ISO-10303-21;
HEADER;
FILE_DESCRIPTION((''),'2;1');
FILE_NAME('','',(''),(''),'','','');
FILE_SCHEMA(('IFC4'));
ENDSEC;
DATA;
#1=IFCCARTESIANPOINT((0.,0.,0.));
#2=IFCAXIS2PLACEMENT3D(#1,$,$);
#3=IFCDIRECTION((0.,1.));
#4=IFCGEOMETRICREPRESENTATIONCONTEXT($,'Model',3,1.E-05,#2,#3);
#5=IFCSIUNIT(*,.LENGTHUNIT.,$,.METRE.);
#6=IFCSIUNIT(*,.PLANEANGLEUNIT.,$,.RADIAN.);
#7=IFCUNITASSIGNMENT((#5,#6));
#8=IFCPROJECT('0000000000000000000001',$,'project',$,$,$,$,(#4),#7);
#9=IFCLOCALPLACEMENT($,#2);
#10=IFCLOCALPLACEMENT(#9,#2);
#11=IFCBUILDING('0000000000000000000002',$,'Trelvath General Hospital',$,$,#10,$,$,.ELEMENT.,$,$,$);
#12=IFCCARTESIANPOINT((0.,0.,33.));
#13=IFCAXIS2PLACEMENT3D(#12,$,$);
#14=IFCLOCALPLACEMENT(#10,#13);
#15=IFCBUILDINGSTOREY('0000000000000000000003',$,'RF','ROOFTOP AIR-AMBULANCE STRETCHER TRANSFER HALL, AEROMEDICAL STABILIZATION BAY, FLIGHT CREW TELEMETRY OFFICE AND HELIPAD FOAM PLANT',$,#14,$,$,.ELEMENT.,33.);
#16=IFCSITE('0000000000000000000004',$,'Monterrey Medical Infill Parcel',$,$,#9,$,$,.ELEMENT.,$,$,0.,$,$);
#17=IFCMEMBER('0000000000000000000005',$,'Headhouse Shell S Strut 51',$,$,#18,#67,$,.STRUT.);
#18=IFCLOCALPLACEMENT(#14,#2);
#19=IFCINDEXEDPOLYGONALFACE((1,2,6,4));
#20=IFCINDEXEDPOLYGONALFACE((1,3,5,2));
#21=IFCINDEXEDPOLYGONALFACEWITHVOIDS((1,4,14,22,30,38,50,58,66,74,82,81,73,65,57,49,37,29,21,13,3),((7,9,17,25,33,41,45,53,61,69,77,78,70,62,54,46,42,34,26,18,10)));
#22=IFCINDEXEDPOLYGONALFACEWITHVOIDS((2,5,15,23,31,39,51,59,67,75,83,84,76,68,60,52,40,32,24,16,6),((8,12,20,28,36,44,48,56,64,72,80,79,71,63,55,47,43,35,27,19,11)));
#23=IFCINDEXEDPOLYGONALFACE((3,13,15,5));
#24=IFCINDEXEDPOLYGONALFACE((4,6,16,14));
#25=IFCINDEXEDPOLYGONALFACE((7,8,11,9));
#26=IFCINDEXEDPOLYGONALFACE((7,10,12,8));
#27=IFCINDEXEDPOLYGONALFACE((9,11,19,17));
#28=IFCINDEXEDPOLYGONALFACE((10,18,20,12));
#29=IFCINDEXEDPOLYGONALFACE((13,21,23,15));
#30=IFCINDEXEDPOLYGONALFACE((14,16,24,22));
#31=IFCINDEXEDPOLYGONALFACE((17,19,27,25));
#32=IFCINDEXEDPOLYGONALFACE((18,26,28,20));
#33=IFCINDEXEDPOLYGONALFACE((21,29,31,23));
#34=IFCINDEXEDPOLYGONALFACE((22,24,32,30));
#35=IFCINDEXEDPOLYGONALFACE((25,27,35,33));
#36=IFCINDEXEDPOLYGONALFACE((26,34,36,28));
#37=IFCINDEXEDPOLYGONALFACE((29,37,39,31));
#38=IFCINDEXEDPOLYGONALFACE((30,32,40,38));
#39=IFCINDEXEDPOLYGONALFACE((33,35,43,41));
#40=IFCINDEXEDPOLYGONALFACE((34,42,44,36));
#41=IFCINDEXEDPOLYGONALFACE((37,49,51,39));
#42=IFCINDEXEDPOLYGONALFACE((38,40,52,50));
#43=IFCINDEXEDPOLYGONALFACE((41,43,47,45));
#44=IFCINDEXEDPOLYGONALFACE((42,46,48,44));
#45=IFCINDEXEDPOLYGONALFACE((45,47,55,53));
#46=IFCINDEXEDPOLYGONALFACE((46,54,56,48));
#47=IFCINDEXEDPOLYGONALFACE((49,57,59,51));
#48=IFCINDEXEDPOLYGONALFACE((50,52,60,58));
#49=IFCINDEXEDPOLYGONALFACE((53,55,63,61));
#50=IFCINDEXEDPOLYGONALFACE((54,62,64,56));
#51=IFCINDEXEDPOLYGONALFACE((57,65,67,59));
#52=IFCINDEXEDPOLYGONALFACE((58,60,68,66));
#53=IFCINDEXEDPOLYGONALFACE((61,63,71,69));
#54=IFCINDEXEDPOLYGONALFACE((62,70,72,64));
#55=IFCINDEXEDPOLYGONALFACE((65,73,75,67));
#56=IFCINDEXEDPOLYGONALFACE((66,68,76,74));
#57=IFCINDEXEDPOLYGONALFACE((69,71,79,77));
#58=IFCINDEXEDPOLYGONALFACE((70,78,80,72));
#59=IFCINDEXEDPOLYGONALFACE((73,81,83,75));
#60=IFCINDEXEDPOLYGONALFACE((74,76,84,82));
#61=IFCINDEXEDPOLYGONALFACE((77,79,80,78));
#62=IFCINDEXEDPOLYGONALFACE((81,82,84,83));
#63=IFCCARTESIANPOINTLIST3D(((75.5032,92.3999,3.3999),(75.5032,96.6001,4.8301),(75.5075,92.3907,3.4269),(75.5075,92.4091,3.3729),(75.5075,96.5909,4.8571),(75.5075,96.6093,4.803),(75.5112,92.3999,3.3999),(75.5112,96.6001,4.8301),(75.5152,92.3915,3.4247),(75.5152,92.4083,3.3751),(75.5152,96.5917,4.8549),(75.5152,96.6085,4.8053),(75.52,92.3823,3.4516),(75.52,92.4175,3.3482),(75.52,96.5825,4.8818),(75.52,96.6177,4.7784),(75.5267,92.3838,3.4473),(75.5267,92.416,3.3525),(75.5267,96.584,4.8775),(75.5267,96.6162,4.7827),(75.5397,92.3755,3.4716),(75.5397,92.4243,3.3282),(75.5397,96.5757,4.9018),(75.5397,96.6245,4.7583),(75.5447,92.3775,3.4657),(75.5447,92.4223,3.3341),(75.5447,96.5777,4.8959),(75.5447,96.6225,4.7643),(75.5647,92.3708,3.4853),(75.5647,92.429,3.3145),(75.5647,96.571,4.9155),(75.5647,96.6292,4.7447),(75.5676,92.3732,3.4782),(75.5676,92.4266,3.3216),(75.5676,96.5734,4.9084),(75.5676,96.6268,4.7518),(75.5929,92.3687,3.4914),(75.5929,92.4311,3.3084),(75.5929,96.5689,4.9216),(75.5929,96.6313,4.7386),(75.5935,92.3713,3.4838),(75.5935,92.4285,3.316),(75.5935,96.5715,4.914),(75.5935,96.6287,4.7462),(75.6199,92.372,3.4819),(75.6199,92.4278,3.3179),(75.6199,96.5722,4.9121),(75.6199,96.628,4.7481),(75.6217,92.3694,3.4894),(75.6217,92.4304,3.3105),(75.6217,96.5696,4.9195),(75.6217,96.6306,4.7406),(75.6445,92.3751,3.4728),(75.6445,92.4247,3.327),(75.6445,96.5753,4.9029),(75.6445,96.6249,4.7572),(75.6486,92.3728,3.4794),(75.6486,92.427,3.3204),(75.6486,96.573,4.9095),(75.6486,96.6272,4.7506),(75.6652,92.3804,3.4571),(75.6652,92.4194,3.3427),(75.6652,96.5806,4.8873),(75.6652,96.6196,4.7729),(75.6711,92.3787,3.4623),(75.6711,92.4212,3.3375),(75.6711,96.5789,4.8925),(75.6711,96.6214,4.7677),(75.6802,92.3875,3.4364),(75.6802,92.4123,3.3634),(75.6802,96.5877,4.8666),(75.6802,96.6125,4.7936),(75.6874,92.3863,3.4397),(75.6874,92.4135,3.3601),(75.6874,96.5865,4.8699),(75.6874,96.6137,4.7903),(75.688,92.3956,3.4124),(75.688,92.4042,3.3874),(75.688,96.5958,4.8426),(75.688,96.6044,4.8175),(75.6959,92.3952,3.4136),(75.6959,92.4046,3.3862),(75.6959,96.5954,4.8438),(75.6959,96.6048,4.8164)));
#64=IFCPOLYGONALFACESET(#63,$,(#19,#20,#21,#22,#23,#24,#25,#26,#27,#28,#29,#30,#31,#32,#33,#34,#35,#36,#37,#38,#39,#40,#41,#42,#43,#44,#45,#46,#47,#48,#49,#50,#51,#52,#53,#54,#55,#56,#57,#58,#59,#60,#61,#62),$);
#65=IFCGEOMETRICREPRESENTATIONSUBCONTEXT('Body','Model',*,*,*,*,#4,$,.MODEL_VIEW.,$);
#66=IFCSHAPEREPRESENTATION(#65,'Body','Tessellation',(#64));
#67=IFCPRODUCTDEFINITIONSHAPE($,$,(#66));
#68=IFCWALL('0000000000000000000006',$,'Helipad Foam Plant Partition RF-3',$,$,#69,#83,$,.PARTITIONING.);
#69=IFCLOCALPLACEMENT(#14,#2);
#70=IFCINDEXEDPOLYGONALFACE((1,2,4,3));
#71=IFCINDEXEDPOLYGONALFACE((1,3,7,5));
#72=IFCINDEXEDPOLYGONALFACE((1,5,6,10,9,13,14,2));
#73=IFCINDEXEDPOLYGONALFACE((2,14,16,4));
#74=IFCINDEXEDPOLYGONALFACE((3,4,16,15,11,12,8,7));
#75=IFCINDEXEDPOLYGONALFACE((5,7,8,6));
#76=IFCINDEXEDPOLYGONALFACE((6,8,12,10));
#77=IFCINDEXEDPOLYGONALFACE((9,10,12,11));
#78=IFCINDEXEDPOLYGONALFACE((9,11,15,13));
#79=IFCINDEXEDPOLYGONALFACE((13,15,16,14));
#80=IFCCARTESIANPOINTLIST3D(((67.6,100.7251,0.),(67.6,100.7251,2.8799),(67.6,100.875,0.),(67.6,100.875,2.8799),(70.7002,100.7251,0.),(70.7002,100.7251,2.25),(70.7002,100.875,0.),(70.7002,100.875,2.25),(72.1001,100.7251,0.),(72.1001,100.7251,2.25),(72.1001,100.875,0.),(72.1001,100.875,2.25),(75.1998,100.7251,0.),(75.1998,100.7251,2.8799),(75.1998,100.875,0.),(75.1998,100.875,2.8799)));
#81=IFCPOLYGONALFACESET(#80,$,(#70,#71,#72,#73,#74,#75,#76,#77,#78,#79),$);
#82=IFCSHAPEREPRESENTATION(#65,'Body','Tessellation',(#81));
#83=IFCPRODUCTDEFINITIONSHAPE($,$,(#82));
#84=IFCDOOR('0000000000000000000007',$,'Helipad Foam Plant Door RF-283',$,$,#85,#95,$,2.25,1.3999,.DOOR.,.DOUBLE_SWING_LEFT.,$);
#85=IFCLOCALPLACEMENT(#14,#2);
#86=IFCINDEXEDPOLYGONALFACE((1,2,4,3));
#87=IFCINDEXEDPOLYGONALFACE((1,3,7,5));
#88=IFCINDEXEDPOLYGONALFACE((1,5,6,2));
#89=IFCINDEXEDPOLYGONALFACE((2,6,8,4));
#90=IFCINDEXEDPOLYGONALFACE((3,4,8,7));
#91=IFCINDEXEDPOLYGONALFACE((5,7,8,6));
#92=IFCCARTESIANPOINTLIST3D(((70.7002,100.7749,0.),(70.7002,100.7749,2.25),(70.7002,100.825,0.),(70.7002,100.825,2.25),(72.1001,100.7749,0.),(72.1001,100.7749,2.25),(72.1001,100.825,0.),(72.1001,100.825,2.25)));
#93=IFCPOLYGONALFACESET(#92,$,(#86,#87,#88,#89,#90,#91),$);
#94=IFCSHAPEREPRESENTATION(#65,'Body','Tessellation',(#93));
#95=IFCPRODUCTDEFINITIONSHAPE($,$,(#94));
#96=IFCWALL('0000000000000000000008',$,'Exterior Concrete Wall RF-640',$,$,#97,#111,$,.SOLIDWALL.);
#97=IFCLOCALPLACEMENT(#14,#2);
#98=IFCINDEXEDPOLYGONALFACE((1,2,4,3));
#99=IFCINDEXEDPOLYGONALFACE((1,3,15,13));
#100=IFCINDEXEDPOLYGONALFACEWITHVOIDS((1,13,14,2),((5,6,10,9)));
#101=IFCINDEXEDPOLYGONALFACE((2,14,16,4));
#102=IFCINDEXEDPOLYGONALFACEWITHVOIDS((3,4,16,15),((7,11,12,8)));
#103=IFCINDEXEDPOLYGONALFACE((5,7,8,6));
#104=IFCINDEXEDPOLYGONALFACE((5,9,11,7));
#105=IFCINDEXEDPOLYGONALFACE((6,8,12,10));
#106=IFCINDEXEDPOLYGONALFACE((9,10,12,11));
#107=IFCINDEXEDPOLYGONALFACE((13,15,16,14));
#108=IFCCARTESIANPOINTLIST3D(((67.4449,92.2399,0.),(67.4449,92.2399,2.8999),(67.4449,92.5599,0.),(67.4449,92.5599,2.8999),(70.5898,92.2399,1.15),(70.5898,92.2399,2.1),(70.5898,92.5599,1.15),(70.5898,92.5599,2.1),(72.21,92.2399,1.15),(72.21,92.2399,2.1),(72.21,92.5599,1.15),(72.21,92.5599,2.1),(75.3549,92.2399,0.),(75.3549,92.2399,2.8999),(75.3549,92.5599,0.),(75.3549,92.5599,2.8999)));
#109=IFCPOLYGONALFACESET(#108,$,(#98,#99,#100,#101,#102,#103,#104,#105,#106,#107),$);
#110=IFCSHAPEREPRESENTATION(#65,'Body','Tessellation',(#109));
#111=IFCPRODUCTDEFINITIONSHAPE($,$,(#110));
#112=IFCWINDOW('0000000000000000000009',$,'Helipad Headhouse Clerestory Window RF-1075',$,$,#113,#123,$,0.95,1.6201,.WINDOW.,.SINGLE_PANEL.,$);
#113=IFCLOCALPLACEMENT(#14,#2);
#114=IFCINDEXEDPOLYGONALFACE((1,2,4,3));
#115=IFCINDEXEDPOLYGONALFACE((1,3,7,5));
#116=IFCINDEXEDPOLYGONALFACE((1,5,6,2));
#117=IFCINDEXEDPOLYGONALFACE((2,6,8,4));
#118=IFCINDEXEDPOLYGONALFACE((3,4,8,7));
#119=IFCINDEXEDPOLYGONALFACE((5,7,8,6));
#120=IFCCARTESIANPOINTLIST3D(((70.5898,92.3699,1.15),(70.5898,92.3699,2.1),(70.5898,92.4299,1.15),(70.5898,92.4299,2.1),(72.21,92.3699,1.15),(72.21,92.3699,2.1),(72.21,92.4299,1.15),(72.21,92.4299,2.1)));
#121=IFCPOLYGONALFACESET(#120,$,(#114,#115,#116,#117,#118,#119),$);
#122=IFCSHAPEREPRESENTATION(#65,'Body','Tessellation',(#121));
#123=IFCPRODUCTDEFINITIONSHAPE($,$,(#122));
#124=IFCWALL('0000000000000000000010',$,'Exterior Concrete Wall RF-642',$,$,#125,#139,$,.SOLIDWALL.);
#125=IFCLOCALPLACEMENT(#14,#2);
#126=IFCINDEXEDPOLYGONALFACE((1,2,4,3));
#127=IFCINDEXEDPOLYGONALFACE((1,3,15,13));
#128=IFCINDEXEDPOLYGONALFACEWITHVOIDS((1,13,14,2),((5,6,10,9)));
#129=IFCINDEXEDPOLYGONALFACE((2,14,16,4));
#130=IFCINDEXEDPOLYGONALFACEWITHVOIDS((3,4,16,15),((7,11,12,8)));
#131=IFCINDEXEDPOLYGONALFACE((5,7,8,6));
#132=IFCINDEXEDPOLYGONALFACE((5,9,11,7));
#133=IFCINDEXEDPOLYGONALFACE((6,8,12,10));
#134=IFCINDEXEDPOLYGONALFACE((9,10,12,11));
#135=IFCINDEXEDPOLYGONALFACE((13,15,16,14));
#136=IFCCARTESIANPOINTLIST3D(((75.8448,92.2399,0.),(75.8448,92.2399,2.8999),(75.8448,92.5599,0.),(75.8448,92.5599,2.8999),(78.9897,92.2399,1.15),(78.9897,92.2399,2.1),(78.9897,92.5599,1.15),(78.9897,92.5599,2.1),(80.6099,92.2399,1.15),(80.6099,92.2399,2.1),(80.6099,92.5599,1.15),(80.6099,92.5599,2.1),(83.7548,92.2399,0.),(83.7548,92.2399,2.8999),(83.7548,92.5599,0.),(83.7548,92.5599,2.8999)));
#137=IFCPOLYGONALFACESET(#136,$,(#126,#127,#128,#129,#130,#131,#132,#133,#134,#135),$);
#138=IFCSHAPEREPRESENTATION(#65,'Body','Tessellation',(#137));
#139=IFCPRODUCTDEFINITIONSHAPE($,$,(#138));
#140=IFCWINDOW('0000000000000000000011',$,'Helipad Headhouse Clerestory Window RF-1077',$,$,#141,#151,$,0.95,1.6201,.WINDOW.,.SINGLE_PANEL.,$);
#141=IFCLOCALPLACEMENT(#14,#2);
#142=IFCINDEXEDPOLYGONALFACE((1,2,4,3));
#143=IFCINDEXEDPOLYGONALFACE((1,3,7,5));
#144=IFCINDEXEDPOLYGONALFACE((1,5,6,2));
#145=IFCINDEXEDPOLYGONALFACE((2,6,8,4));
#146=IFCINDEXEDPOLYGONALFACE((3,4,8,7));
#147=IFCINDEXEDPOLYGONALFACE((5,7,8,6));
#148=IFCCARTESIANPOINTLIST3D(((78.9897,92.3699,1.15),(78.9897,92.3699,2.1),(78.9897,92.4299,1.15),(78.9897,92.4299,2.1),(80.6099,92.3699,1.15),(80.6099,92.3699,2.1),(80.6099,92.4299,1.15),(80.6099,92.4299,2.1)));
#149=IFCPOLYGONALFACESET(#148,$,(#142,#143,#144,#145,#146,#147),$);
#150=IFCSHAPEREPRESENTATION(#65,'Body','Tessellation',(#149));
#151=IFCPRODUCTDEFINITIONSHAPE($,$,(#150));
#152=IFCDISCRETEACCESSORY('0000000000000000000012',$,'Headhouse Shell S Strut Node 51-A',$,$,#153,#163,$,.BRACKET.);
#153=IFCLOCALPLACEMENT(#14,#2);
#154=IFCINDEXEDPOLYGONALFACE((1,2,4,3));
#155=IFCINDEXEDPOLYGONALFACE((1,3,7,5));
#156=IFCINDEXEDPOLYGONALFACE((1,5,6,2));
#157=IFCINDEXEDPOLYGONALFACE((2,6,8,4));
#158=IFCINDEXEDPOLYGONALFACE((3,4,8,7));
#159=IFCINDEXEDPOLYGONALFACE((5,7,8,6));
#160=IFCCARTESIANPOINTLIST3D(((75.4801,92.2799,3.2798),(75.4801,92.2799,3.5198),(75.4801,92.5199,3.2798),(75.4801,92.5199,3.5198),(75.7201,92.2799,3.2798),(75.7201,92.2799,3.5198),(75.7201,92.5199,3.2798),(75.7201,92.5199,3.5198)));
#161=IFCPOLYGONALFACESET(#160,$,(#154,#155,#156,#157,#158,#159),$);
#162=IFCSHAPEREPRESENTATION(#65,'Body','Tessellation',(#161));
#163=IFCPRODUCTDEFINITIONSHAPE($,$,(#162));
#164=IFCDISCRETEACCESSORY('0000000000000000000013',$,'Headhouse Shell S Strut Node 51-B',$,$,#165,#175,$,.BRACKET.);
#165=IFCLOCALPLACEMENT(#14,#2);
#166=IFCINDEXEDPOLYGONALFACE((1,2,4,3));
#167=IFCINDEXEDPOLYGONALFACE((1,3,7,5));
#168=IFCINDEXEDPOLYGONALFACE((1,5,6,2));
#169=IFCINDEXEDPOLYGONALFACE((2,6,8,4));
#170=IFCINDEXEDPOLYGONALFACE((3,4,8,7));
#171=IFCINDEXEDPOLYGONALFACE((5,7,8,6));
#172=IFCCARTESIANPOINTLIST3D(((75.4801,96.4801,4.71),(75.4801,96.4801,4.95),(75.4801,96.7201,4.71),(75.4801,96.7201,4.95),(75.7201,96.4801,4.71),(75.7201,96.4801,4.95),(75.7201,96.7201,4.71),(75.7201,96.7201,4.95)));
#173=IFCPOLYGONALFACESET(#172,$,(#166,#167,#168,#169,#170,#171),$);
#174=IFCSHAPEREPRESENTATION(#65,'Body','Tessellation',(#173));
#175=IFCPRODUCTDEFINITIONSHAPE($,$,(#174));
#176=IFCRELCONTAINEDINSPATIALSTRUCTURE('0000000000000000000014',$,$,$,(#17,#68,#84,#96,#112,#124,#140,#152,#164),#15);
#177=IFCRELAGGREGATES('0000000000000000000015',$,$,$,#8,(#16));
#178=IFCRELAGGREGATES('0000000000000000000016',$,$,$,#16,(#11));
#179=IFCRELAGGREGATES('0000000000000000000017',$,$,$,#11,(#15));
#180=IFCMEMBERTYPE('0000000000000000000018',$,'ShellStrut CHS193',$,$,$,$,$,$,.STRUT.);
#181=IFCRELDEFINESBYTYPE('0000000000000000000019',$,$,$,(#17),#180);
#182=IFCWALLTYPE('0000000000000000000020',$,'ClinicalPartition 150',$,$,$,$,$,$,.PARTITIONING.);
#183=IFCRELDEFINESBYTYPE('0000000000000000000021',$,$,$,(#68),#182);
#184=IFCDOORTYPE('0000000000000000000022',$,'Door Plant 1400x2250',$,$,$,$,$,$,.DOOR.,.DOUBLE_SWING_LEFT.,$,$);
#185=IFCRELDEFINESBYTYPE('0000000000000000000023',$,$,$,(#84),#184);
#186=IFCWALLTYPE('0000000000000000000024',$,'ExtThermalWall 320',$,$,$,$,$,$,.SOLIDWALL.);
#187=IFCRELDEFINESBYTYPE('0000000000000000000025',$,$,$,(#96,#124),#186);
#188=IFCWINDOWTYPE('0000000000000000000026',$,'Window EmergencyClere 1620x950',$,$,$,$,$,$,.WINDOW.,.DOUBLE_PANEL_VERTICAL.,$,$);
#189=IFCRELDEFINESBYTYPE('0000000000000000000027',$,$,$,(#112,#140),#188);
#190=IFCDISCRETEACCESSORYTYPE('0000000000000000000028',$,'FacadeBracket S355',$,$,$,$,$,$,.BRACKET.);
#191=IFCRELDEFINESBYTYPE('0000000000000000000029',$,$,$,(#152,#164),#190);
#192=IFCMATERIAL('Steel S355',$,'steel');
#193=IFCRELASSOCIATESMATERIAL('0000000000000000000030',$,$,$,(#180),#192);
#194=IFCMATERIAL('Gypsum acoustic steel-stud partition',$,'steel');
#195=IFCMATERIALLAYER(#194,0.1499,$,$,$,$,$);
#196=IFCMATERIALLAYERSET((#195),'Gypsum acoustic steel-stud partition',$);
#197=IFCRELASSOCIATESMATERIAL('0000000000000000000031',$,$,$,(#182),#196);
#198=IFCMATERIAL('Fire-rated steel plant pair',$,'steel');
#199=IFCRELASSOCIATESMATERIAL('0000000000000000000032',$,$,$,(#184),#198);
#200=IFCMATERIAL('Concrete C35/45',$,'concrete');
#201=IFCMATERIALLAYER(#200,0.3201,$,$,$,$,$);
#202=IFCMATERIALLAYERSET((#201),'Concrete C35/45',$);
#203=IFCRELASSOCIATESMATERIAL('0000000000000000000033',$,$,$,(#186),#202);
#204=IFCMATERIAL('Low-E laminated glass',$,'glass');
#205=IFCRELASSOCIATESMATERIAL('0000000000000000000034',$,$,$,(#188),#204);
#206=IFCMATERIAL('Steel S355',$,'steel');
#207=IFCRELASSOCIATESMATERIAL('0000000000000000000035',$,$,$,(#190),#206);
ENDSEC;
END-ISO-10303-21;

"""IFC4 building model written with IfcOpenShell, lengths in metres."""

from ifc_helpers import new_model, si_unit, direction, frame, frame_2d, origin, origin_2d, place, context, subcontext, project, spatial, rectangle, hollow_circle, extrude, material, layer, layer_set, material_profile, profile_set, type_object, element, fill, save


model = new_model("IFC4")

# Units and contexts
model_context = context("Model", 3, precision=1e-05, world=origin(), true_north=direction((0.0, 1.0)))
body_context = subcontext(model_context, "Body", "Model", "MODEL_VIEW")
ifc_project = project(units=[si_unit("LENGTHUNIT", "METRE"), si_unit("PLANEANGLEUNIT", "RADIAN")], contexts=[model_context])

# Site, building, storey
site_placement = place(None, origin())
site = spatial("IfcSite", under=ifc_project, at=site_placement, Name="Monterrey Medical Infill Parcel", CompositionType="ELEMENT", RefElevation=0.0)
building_placement = place(site_placement, origin())
building = spatial("IfcBuilding", under=site, at=building_placement, Name="Trelvath General Hospital", CompositionType="ELEMENT")
storey_placement = place(building_placement, frame((0.0, 0.0, 33.0)))
storey = spatial("IfcBuildingStorey", under=building, at=storey_placement, Name="RF", Description="ROOFTOP AIR-AMBULANCE STRETCHER TRANSFER HALL, AEROMEDICAL STABILIZATION BAY, FLIGHT CREW TELEMETRY OFFICE AND HELIPAD FOAM PLANT", CompositionType="ELEMENT", Elevation=33.0)

# Member
ifc_material_1 = material(Name="Steel S355", Category="steel")
ifc_material_profile_1 = material_profile(ifc_material_1, hollow_circle(Radius=0.0969, WallThickness=0.0081, at=origin_2d()), Name="CHS193.7x8.0")
ifc_profile_set_1 = profile_set([ifc_material_profile_1], Name="Steel S355")
member_type = type_object("IfcMemberType", Name="ShellStrut CHS193", PredefinedType="STRUT", material=ifc_profile_set_1)
member_placement = place(storey_placement, frame((75.6001, 92.3999, 3.3999), z_axis=(0.0, 0.946628, 0.322329), x_axis=(-1.0, 0.0, 0.0)))
element("IfcMember", 1, at=member_placement, inside=storey, type_object=member_type, Name="Headhouse Shell S Strut 51", PredefinedType="STRUT", context=body_context, shape_type="SweptSolid", body=[
    extrude(hollow_circle(Radius=0.0969, WallThickness=0.0081, at=origin_2d()), origin(), (0.0, 0.0, 1.0), 4.437),
])

# Wall, opening, door
ifc_material_2 = material(Name="Gypsum acoustic steel-stud partition", Category="steel")
ifc_layer_1 = layer(ifc_material_2, 0.1499)
ifc_layer_set_1 = layer_set([ifc_layer_1], Name="Gypsum acoustic steel-stud partition")
wall_type_1 = type_object("IfcWallType", Name="ClinicalPartition 150", PredefinedType="PARTITIONING", material=ifc_layer_set_1)
wall_1_placement = place(storey_placement, frame((67.6001, 100.8, 0.0), z_axis=(0.0, 0.0, 1.0), x_axis=(1.0, 0.0, 0.0)))
wall_1 = element("IfcWall", 2, at=wall_1_placement, inside=storey, type_object=wall_type_1, Name="Helipad Foam Plant Partition RF-3", PredefinedType="PARTITIONING", context=body_context, shape_type="SweptSolid", body=[
    extrude(rectangle(XDim=7.5999, YDim=0.1499, at=frame_2d((3.7998, 0.0))), origin(), (0.0, 0.0, 1.0), 2.8799),
])
opening_1_placement = place(wall_1_placement, frame((3.1001, 0.0, 0.0)))
opening_1 = element("IfcOpeningElement", 3, at=opening_1_placement, cuts=wall_1, PredefinedType="OPENING", context=body_context, shape_type="SweptSolid", body=[
    extrude(rectangle(XDim=1.3999, YDim=2.25, at=frame_2d((0.7, 1.125))), frame((0.0, 0.085, 0.0), z_axis=(0.0, -1.0, 0.0), x_axis=(1.0, 0.0, 0.0)), (0.0, 0.0, 1.0), 0.1699),
])
ifc_material_3 = material(Name="Fire-rated steel plant pair", Category="steel")
door_type = type_object("IfcDoorType", Name="Door Plant 1400x2250", OperationType="DOUBLE_SWING_LEFT", PredefinedType="DOOR", material=ifc_material_3)
door_placement = place(opening_1_placement, origin())
door = element("IfcDoor", 4, at=door_placement, inside=storey, type_object=door_type, Name="Helipad Foam Plant Door RF-283", OperationType="DOUBLE_SWING_LEFT", OverallHeight=2.25, OverallWidth=1.3999, PredefinedType="DOOR", context=body_context, shape_type="SweptSolid", body=[
    extrude(rectangle(XDim=1.3999, YDim=2.25, at=frame_2d((0.7, 1.125))), frame((0.0, 0.0249, 0.0), z_axis=(0.0, -1.0, 0.0), x_axis=(1.0, 0.0, 0.0)), (0.0, 0.0, 1.0), 0.05),
])
fill(opening_1, door)

# Walls, openings, windows
ifc_material_4 = material(Name="Concrete C35/45", Category="concrete")
ifc_layer_2 = layer(ifc_material_4, 0.3201)
ifc_layer_set_2 = layer_set([ifc_layer_2], Name="Concrete C35/45")
wall_type_2 = type_object("IfcWallType", Name="ExtThermalWall 320", PredefinedType="SOLIDWALL", material=ifc_layer_set_2)
wall_2_placement = place(storey_placement, frame((75.355, 92.3999, 0.0), z_axis=(0.0, 0.0, 1.0), x_axis=(-1.0, 0.0, 0.0)))
wall_2 = element("IfcWall", 5, at=wall_2_placement, inside=storey, type_object=wall_type_2, Name="Exterior Concrete Wall RF-640", PredefinedType="SOLIDWALL", context=body_context, shape_type="SweptSolid", body=[
    extrude(rectangle(XDim=7.9099, YDim=0.3201, at=frame_2d((3.9551, 0.0))), origin(), (0.0, 0.0, 1.0), 2.8999),
])
opening_2_placement = place(wall_2_placement, frame((3.145, 0.0, 1.1499)))
opening_2 = element("IfcOpeningElement", 6, at=opening_2_placement, cuts=wall_2, PredefinedType="OPENING", context=body_context, shape_type="SweptSolid", body=[
    extrude(rectangle(XDim=1.6201, YDim=0.95, at=frame_2d((0.8101, 0.4751))), frame((0.0, 0.1699, 0.0), z_axis=(0.0, -1.0, 0.0), x_axis=(1.0, 0.0, 0.0)), (0.0, 0.0, 1.0), 0.3401),
])
ifc_material_5 = material(Name="Low-E laminated glass", Category="glass")
window_type = type_object("IfcWindowType", Name="Window EmergencyClere 1620x950", PartitioningType="DOUBLE_PANEL_VERTICAL", PredefinedType="WINDOW", material=ifc_material_5)
window_1_placement = place(opening_2_placement, origin())
window_1 = element("IfcWindow", 7, at=window_1_placement, inside=storey, type_object=window_type, Name="Helipad Headhouse Clerestory Window RF-1075", OverallHeight=0.95, OverallWidth=1.6201, PartitioningType="SINGLE_PANEL", PredefinedType="WINDOW", context=body_context, shape_type="SweptSolid", body=[
    extrude(rectangle(XDim=1.6201, YDim=0.95, at=frame_2d((0.8101, 0.4751))), frame((0.0, 0.03, 0.0), z_axis=(0.0, -1.0, 0.0), x_axis=(1.0, 0.0, 0.0)), (0.0, 0.0, 1.0), 0.0601),
])
fill(opening_2, window_1)
wall_3_placement = place(storey_placement, frame((83.7549, 92.3999, 0.0), z_axis=(0.0, 0.0, 1.0), x_axis=(-1.0, 0.0, 0.0)))
wall_3 = element("IfcWall", 8, at=wall_3_placement, inside=storey, type_object=wall_type_2, Name="Exterior Concrete Wall RF-642", PredefinedType="SOLIDWALL", context=body_context, shape_type="SweptSolid", body=[
    extrude(rectangle(XDim=7.9099, YDim=0.3201, at=frame_2d((3.9551, 0.0))), origin(), (0.0, 0.0, 1.0), 2.8999),
])
opening_3_placement = place(wall_3_placement, frame((3.145, 0.0, 1.1499)))
opening_3 = element("IfcOpeningElement", 9, at=opening_3_placement, cuts=wall_3, PredefinedType="OPENING", context=body_context, shape_type="SweptSolid", body=[
    extrude(rectangle(XDim=1.6201, YDim=0.95, at=frame_2d((0.8101, 0.4751))), frame((0.0, 0.1699, 0.0), z_axis=(0.0, -1.0, 0.0), x_axis=(1.0, 0.0, 0.0)), (0.0, 0.0, 1.0), 0.3401),
])
window_2_placement = place(opening_3_placement, origin())
window_2 = element("IfcWindow", 10, at=window_2_placement, inside=storey, type_object=window_type, Name="Helipad Headhouse Clerestory Window RF-1077", OverallHeight=0.95, OverallWidth=1.6201, PartitioningType="SINGLE_PANEL", PredefinedType="WINDOW", context=body_context, shape_type="SweptSolid", body=[
    extrude(rectangle(XDim=1.6201, YDim=0.95, at=frame_2d((0.8101, 0.4751))), frame((0.0, 0.03, 0.0), z_axis=(0.0, -1.0, 0.0), x_axis=(1.0, 0.0, 0.0)), (0.0, 0.0, 1.0), 0.0601),
])
fill(opening_3, window_2)

# Discrete accessories
ifc_material_6 = material(Name="Steel S355", Category="steel")
discrete_accessory_type = type_object("IfcDiscreteAccessoryType", Name="FacadeBracket S355", PredefinedType="BRACKET", material=ifc_material_6)
for number, where, z_axis, x_axis, name in (
    (11, (75.6001, 92.3999, 3.2798), (0.0, 0.0, 1.0), (1.0, 0.0, 0.0), "Headhouse Shell S Strut Node 51-A"),
    (12, (75.6001, 96.6001, 4.71), (0.0, 0.0, 1.0), (1.0, 0.0, 0.0), "Headhouse Shell S Strut Node 51-B"),
):
    element("IfcDiscreteAccessory", number, at=place(storey_placement, frame(where, z_axis=z_axis, x_axis=x_axis)), inside=storey, type_object=discrete_accessory_type, Name=name, PredefinedType="BRACKET", context=body_context, shape_type="SweptSolid", body=[
        extrude(rectangle(XDim=0.24, YDim=0.24, at=origin_2d()), origin(), (0.0, 0.0, 1.0), 0.24),
    ])

save(model, "model.ifc")
